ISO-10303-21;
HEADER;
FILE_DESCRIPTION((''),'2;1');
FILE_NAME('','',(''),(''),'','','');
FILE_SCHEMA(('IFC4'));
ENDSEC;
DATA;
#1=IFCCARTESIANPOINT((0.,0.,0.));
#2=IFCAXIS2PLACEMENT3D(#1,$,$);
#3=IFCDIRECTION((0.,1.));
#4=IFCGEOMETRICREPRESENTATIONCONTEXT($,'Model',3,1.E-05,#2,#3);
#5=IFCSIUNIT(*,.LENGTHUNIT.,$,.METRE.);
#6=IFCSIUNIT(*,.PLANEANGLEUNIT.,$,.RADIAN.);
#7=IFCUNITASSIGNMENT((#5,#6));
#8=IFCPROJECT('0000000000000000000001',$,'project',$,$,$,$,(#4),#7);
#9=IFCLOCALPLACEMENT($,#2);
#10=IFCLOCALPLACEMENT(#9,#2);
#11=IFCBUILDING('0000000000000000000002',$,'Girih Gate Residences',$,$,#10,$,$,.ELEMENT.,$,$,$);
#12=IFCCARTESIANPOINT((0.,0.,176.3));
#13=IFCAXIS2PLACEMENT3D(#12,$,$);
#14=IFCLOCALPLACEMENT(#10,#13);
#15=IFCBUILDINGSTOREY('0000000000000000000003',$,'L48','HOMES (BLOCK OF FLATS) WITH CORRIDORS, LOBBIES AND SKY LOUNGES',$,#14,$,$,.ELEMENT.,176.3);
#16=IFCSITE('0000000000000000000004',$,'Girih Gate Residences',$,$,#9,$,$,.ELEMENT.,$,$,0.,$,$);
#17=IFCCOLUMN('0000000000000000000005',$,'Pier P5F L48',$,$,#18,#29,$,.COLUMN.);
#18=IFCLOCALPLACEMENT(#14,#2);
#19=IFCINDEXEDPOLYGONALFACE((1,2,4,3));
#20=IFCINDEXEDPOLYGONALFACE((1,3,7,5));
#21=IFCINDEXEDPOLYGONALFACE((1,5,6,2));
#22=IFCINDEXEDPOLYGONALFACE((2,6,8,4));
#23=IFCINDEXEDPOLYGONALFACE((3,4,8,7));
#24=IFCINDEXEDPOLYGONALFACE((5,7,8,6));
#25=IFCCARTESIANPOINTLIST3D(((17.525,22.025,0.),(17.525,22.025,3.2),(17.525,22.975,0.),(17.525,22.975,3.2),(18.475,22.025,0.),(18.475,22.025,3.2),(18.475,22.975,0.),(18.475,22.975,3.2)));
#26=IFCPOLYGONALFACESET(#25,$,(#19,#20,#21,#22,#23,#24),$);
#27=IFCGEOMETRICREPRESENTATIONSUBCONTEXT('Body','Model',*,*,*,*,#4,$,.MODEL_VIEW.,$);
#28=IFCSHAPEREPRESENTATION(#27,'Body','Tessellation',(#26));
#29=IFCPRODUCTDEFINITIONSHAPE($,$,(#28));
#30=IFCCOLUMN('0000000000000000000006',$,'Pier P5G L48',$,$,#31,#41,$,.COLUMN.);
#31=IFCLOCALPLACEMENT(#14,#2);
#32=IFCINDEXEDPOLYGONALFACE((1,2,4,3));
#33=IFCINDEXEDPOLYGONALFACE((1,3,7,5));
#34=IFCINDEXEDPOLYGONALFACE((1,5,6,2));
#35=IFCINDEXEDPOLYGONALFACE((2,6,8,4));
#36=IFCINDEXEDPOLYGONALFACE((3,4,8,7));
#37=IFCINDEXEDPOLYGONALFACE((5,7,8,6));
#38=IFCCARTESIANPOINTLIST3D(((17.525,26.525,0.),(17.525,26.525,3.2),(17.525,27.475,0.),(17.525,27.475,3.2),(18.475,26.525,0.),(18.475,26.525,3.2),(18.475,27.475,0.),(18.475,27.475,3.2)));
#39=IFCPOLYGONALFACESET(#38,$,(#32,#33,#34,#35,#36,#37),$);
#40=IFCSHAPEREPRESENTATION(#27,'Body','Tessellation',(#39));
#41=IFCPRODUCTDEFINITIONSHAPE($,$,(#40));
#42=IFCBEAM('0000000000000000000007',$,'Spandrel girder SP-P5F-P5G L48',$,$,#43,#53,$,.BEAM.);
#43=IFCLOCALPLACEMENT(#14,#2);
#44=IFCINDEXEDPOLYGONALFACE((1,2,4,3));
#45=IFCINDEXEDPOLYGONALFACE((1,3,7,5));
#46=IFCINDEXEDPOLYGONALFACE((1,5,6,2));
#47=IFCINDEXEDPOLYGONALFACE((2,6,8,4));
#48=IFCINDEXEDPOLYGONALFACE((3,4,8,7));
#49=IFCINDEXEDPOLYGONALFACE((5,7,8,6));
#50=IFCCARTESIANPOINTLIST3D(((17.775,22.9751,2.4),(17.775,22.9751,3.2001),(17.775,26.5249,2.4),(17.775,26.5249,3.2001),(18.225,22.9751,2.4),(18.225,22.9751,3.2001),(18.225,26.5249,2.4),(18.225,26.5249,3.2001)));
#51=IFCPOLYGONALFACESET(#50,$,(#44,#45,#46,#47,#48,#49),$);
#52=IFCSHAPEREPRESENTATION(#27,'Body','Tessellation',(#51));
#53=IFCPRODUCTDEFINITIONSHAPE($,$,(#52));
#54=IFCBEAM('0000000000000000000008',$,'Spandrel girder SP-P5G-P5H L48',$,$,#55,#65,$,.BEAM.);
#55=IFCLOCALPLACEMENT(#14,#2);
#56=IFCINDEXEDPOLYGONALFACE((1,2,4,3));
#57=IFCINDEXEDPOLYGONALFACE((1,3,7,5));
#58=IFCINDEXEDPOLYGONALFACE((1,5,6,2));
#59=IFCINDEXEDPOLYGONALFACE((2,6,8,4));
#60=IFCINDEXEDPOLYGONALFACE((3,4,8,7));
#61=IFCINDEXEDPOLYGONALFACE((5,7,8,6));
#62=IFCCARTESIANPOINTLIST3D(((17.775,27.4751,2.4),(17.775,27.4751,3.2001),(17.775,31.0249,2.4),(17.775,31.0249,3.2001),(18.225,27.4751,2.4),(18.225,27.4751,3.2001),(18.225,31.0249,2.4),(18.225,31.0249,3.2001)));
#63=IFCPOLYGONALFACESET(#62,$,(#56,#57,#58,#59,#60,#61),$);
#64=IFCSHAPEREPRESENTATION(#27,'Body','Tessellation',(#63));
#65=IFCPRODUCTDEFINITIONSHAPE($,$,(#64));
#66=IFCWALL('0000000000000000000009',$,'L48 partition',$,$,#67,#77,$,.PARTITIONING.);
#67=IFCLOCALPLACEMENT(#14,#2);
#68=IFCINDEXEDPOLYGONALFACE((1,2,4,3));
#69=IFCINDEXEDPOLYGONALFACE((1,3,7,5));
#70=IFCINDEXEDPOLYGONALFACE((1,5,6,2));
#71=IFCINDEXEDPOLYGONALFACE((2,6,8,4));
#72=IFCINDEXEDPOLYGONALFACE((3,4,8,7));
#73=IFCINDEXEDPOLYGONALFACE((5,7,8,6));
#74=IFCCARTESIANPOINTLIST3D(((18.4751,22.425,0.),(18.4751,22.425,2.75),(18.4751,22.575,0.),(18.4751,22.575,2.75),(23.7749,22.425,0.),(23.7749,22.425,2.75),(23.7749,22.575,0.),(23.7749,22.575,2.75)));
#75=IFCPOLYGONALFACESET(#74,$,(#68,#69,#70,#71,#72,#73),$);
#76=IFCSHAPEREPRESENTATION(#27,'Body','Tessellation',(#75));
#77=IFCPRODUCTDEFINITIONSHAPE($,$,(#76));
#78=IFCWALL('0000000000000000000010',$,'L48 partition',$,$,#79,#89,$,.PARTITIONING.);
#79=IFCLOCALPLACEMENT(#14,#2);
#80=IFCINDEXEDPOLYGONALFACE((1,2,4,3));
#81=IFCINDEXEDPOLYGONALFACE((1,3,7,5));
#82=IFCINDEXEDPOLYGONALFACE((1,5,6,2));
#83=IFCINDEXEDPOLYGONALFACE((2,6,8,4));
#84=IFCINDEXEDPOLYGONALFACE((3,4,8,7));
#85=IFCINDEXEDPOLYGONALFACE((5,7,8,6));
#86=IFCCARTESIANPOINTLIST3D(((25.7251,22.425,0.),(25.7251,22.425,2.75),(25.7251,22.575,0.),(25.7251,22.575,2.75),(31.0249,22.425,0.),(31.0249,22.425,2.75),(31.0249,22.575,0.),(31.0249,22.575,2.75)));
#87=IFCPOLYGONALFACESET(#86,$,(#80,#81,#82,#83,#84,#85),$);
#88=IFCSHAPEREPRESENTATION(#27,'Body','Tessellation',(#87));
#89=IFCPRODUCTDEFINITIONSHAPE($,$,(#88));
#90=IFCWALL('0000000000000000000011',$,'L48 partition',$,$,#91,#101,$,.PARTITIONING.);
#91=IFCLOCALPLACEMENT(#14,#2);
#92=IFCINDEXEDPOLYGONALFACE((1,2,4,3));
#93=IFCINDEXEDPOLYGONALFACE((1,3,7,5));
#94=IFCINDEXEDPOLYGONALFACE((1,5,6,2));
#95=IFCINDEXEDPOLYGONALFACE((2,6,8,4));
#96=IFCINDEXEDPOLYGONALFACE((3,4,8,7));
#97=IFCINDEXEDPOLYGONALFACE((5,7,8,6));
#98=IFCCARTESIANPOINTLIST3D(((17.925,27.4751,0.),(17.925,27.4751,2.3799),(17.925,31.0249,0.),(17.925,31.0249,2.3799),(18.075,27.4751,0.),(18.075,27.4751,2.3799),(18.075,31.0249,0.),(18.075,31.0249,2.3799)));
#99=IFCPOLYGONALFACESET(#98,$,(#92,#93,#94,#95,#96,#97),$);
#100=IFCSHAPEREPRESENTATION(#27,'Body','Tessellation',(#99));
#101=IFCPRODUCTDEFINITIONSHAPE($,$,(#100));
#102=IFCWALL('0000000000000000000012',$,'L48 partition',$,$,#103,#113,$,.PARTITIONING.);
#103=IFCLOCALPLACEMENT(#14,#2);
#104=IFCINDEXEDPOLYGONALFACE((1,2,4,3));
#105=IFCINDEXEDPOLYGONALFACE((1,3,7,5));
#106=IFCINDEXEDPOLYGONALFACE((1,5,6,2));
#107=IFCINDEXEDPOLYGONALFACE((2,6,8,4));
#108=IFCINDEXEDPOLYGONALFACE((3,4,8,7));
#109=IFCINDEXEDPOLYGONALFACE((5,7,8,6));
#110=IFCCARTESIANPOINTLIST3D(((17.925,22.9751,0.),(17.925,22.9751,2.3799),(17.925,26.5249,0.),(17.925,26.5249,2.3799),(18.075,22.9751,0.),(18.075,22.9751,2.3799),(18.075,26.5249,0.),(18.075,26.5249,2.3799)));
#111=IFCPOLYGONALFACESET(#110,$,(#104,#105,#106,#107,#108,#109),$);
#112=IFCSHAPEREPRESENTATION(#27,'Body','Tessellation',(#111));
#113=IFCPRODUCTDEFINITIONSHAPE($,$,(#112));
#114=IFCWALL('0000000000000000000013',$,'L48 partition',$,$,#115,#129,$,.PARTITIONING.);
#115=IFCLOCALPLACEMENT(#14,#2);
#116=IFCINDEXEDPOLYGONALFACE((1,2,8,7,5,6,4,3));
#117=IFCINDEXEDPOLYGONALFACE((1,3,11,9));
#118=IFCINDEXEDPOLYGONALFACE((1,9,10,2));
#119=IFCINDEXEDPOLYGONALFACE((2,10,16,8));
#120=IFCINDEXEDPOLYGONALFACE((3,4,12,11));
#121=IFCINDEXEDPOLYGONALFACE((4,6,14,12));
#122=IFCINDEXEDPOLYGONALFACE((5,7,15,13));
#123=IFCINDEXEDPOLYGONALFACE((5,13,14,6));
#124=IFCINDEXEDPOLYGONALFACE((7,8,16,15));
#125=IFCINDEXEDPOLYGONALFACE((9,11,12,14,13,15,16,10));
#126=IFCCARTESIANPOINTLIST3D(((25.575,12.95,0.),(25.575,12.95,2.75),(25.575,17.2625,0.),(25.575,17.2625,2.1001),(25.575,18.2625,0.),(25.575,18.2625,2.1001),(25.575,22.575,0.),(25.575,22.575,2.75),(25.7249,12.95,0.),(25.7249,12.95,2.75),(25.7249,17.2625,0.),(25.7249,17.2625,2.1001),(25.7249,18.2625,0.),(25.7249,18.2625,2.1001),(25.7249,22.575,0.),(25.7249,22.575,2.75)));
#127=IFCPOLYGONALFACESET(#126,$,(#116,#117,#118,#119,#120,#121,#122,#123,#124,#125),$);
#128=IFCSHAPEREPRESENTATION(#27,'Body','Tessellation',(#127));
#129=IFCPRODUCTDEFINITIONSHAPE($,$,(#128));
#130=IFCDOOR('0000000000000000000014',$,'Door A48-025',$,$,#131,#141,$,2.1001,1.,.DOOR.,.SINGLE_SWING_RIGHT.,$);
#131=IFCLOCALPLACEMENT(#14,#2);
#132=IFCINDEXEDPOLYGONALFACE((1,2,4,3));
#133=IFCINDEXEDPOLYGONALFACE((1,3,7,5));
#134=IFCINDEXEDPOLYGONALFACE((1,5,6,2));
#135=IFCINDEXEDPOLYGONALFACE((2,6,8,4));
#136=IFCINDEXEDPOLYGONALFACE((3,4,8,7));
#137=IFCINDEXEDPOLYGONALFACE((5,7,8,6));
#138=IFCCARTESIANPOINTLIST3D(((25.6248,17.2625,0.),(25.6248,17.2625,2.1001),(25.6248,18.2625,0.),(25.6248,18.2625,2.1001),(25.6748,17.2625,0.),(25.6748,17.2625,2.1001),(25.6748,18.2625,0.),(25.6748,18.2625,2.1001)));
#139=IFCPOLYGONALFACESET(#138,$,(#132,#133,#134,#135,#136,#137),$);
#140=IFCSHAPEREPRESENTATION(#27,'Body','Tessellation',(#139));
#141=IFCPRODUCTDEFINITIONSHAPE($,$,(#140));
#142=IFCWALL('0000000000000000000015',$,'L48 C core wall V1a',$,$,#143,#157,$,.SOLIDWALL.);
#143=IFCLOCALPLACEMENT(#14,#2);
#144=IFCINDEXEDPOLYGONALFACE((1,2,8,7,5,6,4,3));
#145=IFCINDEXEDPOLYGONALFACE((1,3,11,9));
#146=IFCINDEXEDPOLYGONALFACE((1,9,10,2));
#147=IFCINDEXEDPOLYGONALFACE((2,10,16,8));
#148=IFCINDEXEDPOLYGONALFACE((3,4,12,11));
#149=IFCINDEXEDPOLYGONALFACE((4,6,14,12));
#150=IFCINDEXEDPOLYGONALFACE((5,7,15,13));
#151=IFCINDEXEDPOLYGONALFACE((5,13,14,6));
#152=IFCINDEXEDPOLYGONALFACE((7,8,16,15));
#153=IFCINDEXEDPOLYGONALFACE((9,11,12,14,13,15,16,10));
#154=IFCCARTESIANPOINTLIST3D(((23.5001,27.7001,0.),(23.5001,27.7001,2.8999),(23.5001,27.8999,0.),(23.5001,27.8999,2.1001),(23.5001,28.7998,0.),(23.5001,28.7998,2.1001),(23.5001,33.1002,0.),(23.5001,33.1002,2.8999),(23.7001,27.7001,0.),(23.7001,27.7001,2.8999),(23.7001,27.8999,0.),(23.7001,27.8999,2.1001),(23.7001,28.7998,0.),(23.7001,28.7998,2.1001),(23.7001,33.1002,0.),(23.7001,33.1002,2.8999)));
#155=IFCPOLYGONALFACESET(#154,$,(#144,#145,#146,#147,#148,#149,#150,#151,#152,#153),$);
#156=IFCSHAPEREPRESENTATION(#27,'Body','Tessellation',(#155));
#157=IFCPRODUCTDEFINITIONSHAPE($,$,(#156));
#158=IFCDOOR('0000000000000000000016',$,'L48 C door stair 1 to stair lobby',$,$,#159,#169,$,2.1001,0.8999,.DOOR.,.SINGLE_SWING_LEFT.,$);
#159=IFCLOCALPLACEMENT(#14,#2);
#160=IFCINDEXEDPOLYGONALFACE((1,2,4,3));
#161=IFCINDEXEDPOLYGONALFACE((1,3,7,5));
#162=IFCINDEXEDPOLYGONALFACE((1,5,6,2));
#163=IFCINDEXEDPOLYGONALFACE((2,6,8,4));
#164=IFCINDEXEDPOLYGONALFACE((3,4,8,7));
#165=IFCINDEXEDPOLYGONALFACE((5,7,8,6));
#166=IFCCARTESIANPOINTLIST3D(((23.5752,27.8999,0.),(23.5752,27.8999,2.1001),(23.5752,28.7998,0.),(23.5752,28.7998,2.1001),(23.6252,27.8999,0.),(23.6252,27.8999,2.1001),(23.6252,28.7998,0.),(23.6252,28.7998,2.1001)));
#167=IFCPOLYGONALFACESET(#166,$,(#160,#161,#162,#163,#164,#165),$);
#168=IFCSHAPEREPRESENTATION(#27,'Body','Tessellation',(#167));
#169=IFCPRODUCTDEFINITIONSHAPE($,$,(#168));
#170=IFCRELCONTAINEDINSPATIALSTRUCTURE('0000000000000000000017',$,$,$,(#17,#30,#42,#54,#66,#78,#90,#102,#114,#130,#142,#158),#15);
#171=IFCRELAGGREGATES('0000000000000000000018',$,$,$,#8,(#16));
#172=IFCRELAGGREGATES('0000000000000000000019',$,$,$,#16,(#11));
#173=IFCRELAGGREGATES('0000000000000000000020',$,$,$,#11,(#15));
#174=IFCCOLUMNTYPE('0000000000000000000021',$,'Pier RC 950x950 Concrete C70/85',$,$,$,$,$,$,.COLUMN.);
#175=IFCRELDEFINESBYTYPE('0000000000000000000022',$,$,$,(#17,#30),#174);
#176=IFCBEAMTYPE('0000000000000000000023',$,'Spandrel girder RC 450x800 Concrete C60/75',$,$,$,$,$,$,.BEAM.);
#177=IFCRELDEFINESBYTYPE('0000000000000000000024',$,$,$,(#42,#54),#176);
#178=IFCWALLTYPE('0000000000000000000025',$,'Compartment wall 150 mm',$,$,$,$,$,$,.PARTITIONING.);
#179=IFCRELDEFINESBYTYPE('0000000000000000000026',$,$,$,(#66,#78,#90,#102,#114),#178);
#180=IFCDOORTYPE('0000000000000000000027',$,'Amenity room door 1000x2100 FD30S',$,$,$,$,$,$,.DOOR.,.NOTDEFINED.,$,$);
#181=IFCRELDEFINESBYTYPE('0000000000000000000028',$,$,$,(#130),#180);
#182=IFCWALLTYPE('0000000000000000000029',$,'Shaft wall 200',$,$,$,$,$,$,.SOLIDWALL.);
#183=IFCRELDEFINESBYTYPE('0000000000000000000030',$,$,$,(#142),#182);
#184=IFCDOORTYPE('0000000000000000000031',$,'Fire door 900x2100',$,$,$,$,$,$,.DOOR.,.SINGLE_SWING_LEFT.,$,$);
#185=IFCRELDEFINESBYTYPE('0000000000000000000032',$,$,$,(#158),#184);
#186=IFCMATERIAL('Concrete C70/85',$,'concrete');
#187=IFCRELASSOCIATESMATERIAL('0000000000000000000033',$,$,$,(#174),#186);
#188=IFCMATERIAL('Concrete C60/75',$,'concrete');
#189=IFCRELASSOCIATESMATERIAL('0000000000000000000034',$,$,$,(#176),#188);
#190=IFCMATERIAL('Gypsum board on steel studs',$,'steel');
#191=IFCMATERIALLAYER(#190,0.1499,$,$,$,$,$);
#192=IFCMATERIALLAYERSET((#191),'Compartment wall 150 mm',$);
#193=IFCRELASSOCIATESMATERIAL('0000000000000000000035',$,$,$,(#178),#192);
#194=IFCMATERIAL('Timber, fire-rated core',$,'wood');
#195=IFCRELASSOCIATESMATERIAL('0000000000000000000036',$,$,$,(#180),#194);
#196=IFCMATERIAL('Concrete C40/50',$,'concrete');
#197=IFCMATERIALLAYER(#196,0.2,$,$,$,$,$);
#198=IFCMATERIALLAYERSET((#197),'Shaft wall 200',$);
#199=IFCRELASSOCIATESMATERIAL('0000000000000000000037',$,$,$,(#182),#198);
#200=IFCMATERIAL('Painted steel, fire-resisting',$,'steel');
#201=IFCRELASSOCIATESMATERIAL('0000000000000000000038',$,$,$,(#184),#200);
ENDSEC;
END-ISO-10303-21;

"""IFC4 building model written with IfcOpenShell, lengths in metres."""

from ifc_helpers import new_model, si_unit, direction, frame, frame_2d, origin, origin_2d, place, context, subcontext, project, spatial, rectangle, extrude, material, layer, layer_set, material_profile, profile_set, type_object, element, fill, save


model = new_model("IFC4")

# Units and contexts
model_context = context("Model", 3, precision=1e-05, world=origin(), true_north=direction((0.0, 1.0)))
body_context = subcontext(model_context, "Body", "Model", "MODEL_VIEW")
ifc_project = project(units=[si_unit("LENGTHUNIT", "METRE"), si_unit("PLANEANGLEUNIT", "RADIAN")], contexts=[model_context])

# Site, building, storey
site_placement = place(None, origin())
site = spatial("IfcSite", under=ifc_project, at=site_placement, Name="Girih Gate Residences", CompositionType="ELEMENT", RefElevation=0.0)
building_placement = place(site_placement, origin())
building = spatial("IfcBuilding", under=site, at=building_placement, Name="Girih Gate Residences", CompositionType="ELEMENT")
storey_placement = place(building_placement, frame((0.0, 0.0, 176.3)))
storey = spatial("IfcBuildingStorey", under=building, at=storey_placement, Name="L48", Description="HOMES (BLOCK OF FLATS) WITH CORRIDORS, LOBBIES AND SKY LOUNGES", CompositionType="ELEMENT", Elevation=176.3)

# Columns
ifc_material_1 = material(Name="Concrete C70/85", Category="concrete")
ifc_material_profile_1 = material_profile(ifc_material_1, rectangle(XDim=0.95, YDim=0.95, at=origin_2d()))
ifc_profile_set_1 = profile_set([ifc_material_profile_1], Name="Concrete C70/85")
column_type = type_object("IfcColumnType", Name="Pier RC 950x950 Concrete C70/85", PredefinedType="COLUMN", material=ifc_profile_set_1)
for number, where, z_axis, x_axis, name in (
    (1, (18.0, 22.5, 0.0), (0.0, 0.0, 1.0), (1.0, 0.0, 0.0), "Pier P5F L48"),
    (2, (18.0, 27.0, 0.0), (0.0, 0.0, 1.0), (1.0, 0.0, 0.0), "Pier P5G L48"),
):
    element("IfcColumn", number, at=place(storey_placement, frame(where, z_axis=z_axis, x_axis=x_axis)), inside=storey, type_object=column_type, Name=name, PredefinedType="COLUMN", context=body_context, shape_type="SweptSolid", body=[
        extrude(rectangle(XDim=0.95, YDim=0.95, at=origin_2d()), origin(), (0.0, 0.0, 1.0), 3.2),
    ])

# Beams
ifc_material_2 = material(Name="Concrete C60/75", Category="concrete")
ifc_material_profile_2 = material_profile(ifc_material_2, rectangle(XDim=0.45, YDim=0.8, at=origin_2d()))
ifc_profile_set_2 = profile_set([ifc_material_profile_2], Name="Concrete C60/75")
beam_type = type_object("IfcBeamType", Name="Spandrel girder RC 450x800 Concrete C60/75", PredefinedType="BEAM", material=ifc_profile_set_2)
for number, where, z_axis, x_axis, name in (
    (3, (18.0, 22.9751, 2.8), (0.0, 1.0, 0.0), (-1.0, 0.0, 0.0), "Spandrel girder SP-P5F-P5G L48"),
    (4, (18.0, 27.4751, 2.8), (0.0, 1.0, 0.0), (-1.0, 0.0, 0.0), "Spandrel girder SP-P5G-P5H L48"),
):
    element("IfcBeam", number, at=place(storey_placement, frame(where, z_axis=z_axis, x_axis=x_axis)), inside=storey, type_object=beam_type, Name=name, PredefinedType="BEAM", context=body_context, shape_type="SweptSolid", body=[
        extrude(rectangle(XDim=0.45, YDim=0.8, at=origin_2d()), origin(), (0.0, 0.0, 1.0), 3.5498),
    ])

# Walls
ifc_material_3 = material(Name="Gypsum board on steel studs", Category="steel")
ifc_layer_1 = layer(ifc_material_3, 0.1499)
ifc_layer_set_1 = layer_set([ifc_layer_1], Name="Compartment wall 150 mm")
wall_type_1 = type_object("IfcWallType", Name="Compartment wall 150 mm", PredefinedType="PARTITIONING", material=ifc_layer_set_1)
for number, where, z_axis, x_axis, name in (
    (5, (18.4751, 22.5, 0.0), (0.0, 0.0, 1.0), (1.0, 0.0, 0.0), "L48 partition"),
    (6, (25.7251, 22.5, 0.0), (0.0, 0.0, 1.0), (1.0, 0.0, 0.0), "L48 partition"),
):
    element("IfcWall", number, at=place(storey_placement, frame(where, z_axis=z_axis, x_axis=x_axis)), inside=storey, type_object=wall_type_1, Name=name, PredefinedType="PARTITIONING", context=body_context, shape_type="SweptSolid", body=[
        extrude(rectangle(XDim=5.2998, YDim=0.1499, at=frame_2d((2.6499, 0.0))), origin(), (0.0, 0.0, 1.0), 2.75),
    ])
for number, where, z_axis, x_axis, name in (
    (7, (18.0, 27.4751, 0.0), (0.0, 0.0, 1.0), (0.0, 1.0, 0.0), "L48 partition"),
    (8, (18.0, 22.9751, 0.0), (0.0, 0.0, 1.0), (0.0, 1.0, 0.0), "L48 partition"),
):
    element("IfcWall", number, at=place(storey_placement, frame(where, z_axis=z_axis, x_axis=x_axis)), inside=storey, type_object=wall_type_1, Name=name, PredefinedType="PARTITIONING", context=body_context, shape_type="SweptSolid", body=[
        extrude(rectangle(XDim=3.5498, YDim=0.1499, at=frame_2d((1.7749, 0.0))), origin(), (0.0, 0.0, 1.0), 2.3799),
    ])

# Walls, openings, doors
wall_1_placement = place(storey_placement, frame((25.6499, 22.575, 0.0), z_axis=(0.0, 0.0, 1.0), x_axis=(0.0, -1.0, 0.0)))
wall_1 = element("IfcWall", 9, at=wall_1_placement, inside=storey, type_object=wall_type_1, Name="L48 partition", PredefinedType="PARTITIONING", context=body_context, shape_type="SweptSolid", body=[
    extrude(rectangle(XDim=9.625, YDim=0.1499, at=frame_2d((4.8125, 0.0))), origin(), (0.0, 0.0, 1.0), 2.75),
])
opening_1_placement = place(wall_1_placement, frame((4.3125, 0.0, 0.0)))
opening_1 = element("IfcOpeningElement", 10, at=opening_1_placement, cuts=wall_1, PredefinedType="OPENING", context=body_context, shape_type="SweptSolid", body=[
    extrude(rectangle(XDim=1.0, YDim=2.1001, at=frame_2d((0.5, 1.05))), frame((0.0, 0.085, 0.0), z_axis=(0.0, -1.0, 0.0), x_axis=(1.0, 0.0, 0.0)), (0.0, 0.0, 1.0), 0.1699),
])
ifc_material_4 = material(Name="Timber, fire-rated core", Category="wood")
door_type_1 = type_object("IfcDoorType", Name="Amenity room door 1000x2100 FD30S", OperationType="NOTDEFINED", PredefinedType="DOOR", material=ifc_material_4)
door_1_placement = place(opening_1_placement, origin())
door_1 = element("IfcDoor", 11, at=door_1_placement, inside=storey, type_object=door_type_1, Name="Door A48-025", OperationType="SINGLE_SWING_RIGHT", OverallHeight=2.1001, OverallWidth=1.0, PredefinedType="DOOR", context=body_context, shape_type="SweptSolid", body=[
    extrude(rectangle(XDim=1.0, YDim=2.1001, at=frame_2d((0.5, 1.05))), frame((0.0, 0.0249, 0.0), z_axis=(0.0, -1.0, 0.0), x_axis=(1.0, 0.0, 0.0)), (0.0, 0.0, 1.0), 0.05),
])
fill(opening_1, door_1)
ifc_material_5 = material(Name="Concrete C40/50", Category="concrete")
ifc_layer_2 = layer(ifc_material_5, 0.2)
ifc_layer_set_2 = layer_set([ifc_layer_2], Name="Shaft wall 200")
wall_type_2 = type_object("IfcWallType", Name="Shaft wall 200", PredefinedType="SOLIDWALL", material=ifc_layer_set_2)
wall_2_placement = place(storey_placement, frame((23.6001, 27.7, 0.0), z_axis=(0.0, 0.0, 1.0), x_axis=(0.0, 1.0, 0.0)))
wall_2 = element("IfcWall", 12, at=wall_2_placement, inside=storey, type_object=wall_type_2, Name="L48 C core wall V1a", PredefinedType="SOLIDWALL", context=body_context, shape_type="SweptSolid", body=[
    extrude(rectangle(XDim=5.4001, YDim=0.2, at=frame_2d((2.7002, 0.0))), origin(), (0.0, 0.0, 1.0), 2.8999),
])
opening_2_placement = place(wall_2_placement, frame((0.2, 0.0, 0.0)))
opening_2 = element("IfcOpeningElement", 13, at=opening_2_placement, cuts=wall_2, PredefinedType="OPENING", context=body_context, shape_type="SweptSolid", body=[
    extrude(rectangle(XDim=0.8999, YDim=2.1001, at=frame_2d((0.45, 1.05))), frame((0.0, 0.1099, 0.0), z_axis=(0.0, -1.0, 0.0), x_axis=(1.0, 0.0, 0.0)), (0.0, 0.0, 1.0), 0.22),
])
ifc_material_6 = material(Name="Painted steel, fire-resisting", Category="steel")
door_type_2 = type_object("IfcDoorType", Name="Fire door 900x2100", OperationType="SINGLE_SWING_LEFT", PredefinedType="DOOR", material=ifc_material_6)
door_2_placement = place(opening_2_placement, origin())
door_2 = element("IfcDoor", 14, at=door_2_placement, inside=storey, type_object=door_type_2, Name="L48 C door stair 1 to stair lobby", OperationType="SINGLE_SWING_LEFT", OverallHeight=2.1001, OverallWidth=0.8999, PredefinedType="DOOR", context=body_context, shape_type="SweptSolid", body=[
    extrude(rectangle(XDim=0.8999, YDim=2.1001, at=frame_2d((0.45, 1.05))), frame((0.0, 0.0249, 0.0), z_axis=(0.0, -1.0, 0.0), x_axis=(1.0, 0.0, 0.0)), (0.0, 0.0, 1.0), 0.05),
])
fill(opening_2, door_2)

save(model, "model.ifc")
